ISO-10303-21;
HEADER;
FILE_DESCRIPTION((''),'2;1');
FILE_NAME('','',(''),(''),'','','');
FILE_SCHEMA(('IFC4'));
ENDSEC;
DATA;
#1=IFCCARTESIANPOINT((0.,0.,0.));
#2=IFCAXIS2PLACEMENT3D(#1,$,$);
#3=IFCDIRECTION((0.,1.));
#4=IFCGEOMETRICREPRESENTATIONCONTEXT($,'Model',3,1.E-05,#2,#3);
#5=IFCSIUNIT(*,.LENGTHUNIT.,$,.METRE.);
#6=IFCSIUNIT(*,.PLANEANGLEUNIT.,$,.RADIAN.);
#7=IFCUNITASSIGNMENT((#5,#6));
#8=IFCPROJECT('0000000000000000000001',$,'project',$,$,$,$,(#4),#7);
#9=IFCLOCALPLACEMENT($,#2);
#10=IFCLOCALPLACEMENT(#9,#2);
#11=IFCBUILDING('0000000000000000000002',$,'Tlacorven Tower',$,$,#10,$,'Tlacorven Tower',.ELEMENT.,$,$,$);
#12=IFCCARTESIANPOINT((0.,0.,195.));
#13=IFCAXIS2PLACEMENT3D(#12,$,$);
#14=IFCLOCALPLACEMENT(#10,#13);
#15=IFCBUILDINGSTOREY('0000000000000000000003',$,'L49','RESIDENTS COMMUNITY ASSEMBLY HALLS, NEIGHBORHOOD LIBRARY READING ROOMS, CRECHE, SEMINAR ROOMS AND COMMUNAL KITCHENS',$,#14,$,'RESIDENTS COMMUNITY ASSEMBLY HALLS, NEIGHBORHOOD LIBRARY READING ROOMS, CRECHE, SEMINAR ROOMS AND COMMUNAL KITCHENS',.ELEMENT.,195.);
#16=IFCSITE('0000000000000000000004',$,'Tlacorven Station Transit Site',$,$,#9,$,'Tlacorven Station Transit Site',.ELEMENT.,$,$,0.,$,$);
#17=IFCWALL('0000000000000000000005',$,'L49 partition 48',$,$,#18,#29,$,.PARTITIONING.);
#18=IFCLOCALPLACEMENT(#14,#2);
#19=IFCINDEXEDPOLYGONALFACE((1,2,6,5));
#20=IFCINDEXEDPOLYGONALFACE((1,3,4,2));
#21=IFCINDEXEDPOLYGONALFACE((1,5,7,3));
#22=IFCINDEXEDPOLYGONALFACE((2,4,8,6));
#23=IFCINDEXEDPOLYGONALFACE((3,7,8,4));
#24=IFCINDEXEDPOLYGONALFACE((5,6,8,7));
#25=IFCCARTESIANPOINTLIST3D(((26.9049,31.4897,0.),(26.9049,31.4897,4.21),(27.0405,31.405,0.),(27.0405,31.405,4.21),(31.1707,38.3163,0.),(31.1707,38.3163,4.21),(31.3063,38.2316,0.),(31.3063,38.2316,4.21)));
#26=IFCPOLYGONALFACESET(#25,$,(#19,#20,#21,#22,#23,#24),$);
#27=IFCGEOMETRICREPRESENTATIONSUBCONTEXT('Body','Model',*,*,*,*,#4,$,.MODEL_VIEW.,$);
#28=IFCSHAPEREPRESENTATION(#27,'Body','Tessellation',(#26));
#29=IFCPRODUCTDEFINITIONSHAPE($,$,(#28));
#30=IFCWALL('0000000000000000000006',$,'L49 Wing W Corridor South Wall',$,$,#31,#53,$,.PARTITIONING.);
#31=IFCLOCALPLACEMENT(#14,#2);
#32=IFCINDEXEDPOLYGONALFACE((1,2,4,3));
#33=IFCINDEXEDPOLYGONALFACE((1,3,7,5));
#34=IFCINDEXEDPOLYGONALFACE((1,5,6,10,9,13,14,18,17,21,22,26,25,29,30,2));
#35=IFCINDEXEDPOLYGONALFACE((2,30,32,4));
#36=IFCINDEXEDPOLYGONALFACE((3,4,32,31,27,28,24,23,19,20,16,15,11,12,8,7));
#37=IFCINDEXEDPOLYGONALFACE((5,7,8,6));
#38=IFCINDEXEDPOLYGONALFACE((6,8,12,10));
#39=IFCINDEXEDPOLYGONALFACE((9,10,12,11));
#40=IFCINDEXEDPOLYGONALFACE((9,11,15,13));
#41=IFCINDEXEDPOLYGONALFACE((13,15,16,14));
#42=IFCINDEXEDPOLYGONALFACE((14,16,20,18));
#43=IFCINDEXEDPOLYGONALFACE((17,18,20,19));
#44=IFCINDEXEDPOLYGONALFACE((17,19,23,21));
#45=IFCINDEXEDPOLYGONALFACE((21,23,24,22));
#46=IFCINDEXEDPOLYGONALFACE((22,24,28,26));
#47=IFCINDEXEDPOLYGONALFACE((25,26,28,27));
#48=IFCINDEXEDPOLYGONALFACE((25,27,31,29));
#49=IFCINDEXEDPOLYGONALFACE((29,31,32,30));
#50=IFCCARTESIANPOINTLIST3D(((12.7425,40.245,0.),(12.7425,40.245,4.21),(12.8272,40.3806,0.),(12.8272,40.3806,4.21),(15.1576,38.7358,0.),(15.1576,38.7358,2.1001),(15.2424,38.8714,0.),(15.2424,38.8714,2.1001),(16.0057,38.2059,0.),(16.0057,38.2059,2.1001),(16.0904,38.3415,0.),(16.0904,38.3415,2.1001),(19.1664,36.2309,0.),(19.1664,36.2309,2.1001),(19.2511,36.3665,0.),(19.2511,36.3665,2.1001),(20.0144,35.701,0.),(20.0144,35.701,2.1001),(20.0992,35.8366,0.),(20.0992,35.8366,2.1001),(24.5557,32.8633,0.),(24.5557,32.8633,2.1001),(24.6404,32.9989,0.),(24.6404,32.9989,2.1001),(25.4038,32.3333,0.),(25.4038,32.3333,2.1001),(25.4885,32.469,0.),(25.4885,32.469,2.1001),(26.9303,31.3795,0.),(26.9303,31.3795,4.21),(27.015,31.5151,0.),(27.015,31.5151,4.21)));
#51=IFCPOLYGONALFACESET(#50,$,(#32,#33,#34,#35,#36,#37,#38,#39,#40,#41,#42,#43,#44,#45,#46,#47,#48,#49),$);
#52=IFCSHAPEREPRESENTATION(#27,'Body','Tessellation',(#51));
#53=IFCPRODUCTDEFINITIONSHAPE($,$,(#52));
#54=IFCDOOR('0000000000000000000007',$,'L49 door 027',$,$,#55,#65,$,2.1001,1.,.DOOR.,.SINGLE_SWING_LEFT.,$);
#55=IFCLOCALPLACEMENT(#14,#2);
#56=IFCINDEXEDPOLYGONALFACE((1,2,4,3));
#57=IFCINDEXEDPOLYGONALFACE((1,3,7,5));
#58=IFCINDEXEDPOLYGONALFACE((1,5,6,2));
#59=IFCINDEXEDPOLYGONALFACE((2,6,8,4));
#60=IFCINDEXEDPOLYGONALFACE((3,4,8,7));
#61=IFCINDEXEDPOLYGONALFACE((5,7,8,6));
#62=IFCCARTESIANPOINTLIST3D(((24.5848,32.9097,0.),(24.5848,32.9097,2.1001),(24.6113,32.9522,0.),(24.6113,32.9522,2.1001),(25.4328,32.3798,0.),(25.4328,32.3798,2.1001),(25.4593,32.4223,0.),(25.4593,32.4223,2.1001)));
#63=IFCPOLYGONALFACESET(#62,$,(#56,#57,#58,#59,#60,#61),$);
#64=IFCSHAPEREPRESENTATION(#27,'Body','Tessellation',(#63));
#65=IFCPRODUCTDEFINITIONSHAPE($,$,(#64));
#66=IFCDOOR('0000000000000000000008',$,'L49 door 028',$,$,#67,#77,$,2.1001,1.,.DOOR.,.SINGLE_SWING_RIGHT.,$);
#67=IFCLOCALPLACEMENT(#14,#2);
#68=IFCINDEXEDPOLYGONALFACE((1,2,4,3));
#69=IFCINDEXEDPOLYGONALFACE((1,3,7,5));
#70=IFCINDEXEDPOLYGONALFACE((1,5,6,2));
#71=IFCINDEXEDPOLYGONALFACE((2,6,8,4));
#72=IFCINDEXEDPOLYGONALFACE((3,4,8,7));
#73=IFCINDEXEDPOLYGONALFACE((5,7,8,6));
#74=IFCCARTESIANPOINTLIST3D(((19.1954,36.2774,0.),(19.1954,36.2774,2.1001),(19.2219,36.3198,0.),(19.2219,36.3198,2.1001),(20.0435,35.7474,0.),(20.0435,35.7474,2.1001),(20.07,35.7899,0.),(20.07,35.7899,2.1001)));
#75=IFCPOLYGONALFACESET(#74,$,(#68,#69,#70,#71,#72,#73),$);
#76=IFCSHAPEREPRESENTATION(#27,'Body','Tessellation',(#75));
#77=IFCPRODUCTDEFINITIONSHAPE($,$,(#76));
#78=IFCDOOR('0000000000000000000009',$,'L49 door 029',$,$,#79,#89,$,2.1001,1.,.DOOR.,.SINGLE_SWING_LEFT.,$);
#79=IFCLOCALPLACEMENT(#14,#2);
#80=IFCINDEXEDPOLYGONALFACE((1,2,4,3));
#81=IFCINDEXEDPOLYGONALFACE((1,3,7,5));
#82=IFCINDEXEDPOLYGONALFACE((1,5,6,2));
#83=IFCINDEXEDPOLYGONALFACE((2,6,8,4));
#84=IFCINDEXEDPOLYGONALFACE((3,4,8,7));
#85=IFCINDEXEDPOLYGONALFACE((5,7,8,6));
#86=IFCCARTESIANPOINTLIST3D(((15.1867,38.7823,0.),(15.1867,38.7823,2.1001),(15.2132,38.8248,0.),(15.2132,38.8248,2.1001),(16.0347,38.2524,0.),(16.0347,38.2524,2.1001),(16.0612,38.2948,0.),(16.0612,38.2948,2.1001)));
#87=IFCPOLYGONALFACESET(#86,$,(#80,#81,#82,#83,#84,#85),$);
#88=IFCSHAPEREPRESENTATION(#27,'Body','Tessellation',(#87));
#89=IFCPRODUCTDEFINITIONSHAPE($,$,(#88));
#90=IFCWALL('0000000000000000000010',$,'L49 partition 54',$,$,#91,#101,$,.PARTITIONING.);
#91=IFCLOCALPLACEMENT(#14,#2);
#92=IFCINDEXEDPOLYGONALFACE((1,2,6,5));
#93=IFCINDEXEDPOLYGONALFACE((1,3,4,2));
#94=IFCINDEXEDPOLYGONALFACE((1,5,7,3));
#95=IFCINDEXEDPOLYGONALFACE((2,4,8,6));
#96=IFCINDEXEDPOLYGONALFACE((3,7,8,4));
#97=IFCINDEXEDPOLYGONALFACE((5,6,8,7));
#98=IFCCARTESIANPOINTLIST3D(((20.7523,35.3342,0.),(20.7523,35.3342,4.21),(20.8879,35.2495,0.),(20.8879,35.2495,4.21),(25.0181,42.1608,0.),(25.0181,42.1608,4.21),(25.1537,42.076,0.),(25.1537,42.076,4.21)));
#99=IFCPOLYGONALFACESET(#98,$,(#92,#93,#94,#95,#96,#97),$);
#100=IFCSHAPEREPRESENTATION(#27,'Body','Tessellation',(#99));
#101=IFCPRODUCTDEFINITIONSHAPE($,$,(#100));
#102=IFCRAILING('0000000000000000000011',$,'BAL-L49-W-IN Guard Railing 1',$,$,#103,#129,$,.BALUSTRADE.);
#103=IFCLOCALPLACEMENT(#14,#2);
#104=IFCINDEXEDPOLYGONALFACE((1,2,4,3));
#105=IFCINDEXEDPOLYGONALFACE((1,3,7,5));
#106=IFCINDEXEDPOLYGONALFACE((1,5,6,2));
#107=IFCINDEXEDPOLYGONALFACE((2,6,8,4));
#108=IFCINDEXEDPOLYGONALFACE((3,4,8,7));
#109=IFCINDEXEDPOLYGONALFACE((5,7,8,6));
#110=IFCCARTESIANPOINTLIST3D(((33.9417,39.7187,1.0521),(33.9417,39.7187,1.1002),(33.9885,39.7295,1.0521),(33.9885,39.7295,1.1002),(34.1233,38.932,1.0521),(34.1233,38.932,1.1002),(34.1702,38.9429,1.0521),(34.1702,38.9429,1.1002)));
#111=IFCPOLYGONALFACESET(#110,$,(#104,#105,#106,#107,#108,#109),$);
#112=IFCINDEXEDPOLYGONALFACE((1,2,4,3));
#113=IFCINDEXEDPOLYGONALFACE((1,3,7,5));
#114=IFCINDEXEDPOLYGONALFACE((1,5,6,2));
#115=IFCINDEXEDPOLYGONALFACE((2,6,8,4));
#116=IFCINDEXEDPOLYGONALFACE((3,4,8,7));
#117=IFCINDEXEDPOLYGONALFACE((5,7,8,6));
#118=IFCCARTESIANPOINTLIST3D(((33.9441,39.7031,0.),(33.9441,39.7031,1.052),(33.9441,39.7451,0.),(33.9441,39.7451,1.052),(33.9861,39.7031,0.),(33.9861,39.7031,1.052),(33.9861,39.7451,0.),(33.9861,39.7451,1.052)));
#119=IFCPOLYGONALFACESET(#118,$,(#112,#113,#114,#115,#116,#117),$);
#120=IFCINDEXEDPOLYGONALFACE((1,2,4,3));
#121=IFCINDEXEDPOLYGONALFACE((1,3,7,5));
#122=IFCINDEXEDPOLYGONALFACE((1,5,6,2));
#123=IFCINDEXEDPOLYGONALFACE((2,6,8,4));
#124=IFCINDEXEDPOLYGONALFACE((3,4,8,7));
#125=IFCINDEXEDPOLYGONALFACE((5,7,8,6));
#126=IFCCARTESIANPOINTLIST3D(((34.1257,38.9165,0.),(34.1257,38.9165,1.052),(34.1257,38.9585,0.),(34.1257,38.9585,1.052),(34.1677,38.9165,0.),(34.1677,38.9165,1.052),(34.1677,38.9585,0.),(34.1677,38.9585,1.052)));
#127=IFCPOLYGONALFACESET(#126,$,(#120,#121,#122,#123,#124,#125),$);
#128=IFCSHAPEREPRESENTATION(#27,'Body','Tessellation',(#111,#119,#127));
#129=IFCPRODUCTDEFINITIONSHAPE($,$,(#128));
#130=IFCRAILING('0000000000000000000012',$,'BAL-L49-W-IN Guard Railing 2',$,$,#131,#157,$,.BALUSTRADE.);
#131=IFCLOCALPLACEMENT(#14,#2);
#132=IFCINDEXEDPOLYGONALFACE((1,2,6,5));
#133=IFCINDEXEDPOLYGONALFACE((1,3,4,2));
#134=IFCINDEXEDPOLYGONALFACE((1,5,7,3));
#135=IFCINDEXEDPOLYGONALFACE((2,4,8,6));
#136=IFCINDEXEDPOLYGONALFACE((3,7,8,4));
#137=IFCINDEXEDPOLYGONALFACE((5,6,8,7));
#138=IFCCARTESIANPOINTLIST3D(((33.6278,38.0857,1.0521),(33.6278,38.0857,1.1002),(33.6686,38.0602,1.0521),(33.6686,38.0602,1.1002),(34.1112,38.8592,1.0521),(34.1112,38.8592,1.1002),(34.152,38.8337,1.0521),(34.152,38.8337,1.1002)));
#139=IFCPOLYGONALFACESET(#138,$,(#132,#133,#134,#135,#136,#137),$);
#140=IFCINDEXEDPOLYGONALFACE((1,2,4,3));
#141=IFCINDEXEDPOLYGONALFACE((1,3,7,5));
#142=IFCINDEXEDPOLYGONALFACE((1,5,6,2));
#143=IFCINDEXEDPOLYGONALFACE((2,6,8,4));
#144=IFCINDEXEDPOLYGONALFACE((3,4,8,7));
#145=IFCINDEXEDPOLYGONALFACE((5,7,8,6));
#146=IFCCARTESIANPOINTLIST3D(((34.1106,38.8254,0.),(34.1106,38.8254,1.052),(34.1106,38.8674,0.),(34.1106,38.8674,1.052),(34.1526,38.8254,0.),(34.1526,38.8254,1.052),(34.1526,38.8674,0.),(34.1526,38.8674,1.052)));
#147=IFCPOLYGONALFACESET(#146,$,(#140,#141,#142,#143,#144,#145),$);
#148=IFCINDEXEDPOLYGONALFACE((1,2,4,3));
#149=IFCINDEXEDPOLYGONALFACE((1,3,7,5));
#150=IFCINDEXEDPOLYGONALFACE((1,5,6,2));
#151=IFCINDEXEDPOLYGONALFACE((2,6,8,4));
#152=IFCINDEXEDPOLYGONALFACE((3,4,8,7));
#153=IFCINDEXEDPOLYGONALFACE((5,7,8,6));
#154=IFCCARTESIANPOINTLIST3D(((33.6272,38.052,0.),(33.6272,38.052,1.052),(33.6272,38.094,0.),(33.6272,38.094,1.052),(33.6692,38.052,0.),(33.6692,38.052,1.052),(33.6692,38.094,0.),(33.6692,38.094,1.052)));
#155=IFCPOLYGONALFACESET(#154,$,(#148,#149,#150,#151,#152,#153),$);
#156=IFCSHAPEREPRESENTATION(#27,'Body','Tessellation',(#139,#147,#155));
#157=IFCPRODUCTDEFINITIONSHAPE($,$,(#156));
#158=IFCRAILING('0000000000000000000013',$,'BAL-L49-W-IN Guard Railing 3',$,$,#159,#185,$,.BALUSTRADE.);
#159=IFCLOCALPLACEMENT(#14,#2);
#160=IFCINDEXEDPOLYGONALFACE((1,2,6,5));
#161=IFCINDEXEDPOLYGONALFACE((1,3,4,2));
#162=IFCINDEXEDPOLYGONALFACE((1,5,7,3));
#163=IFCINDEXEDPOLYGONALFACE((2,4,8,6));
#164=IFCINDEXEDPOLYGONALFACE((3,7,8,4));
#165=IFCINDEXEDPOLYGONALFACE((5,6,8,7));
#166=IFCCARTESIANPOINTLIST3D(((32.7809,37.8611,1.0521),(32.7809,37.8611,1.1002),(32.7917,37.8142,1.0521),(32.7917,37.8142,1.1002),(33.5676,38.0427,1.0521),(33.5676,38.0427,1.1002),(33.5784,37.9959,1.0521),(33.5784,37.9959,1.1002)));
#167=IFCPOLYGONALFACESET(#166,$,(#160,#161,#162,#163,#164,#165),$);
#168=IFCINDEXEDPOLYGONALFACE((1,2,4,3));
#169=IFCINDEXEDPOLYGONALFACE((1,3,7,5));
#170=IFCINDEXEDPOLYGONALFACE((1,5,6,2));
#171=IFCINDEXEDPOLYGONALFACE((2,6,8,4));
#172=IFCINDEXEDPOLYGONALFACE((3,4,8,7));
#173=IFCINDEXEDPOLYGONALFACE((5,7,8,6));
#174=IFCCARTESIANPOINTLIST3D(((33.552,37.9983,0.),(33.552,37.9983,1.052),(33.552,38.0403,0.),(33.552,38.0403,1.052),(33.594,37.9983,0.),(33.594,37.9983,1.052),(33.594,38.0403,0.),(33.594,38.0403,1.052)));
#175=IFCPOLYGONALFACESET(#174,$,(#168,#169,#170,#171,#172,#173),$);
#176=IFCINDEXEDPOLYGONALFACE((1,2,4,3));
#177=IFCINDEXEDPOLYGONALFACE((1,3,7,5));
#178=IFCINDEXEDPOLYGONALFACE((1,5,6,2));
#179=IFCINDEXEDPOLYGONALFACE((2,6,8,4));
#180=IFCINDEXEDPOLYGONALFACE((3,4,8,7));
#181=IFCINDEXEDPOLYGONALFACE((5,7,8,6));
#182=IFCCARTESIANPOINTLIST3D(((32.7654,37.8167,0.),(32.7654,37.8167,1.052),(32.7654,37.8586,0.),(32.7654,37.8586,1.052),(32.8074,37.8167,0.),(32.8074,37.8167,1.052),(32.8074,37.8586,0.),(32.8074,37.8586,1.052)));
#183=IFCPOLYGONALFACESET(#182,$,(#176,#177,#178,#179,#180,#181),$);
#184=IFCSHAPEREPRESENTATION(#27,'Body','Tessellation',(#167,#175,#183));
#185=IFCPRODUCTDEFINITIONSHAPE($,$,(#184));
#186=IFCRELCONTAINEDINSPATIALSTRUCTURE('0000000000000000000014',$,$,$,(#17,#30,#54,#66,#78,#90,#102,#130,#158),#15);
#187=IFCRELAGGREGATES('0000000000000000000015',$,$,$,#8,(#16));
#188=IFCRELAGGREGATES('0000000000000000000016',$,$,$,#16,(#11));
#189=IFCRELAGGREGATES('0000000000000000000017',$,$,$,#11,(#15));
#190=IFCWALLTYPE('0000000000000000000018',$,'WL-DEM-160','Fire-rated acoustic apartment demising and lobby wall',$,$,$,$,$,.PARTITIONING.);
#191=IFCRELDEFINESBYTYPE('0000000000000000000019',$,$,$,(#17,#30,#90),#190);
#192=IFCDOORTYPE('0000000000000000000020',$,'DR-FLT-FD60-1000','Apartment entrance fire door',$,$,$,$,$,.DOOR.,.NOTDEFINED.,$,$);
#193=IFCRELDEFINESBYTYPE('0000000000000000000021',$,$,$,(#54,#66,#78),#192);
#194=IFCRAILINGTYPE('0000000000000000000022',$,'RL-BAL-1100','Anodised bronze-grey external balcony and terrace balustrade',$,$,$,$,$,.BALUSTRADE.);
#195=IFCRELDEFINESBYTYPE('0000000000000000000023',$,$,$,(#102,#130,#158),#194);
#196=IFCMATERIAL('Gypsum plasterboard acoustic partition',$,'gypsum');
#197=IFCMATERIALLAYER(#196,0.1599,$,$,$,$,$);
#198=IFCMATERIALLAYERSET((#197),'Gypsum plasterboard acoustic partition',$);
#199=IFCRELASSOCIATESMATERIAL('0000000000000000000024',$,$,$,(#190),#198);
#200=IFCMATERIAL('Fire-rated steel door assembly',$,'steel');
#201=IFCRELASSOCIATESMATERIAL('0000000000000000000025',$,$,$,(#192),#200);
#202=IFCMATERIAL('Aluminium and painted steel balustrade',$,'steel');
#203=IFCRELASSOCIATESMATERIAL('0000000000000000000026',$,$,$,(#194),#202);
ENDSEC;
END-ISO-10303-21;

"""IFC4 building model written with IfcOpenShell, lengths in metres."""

from ifc_helpers import new_model, si_unit, direction, frame, frame_2d, origin, origin_2d, place, context, subcontext, project, spatial, rectangle, extrude, source, transform, mapped, material, layer, layer_set, type_object, element, fill, save


model = new_model("IFC4")

# Units and contexts
model_context = context("Model", 3, precision=1e-05, world=origin(), true_north=direction((0.0, 1.0)))
body_context = subcontext(model_context, "Body", "Model", "MODEL_VIEW")
ifc_project = project(units=[si_unit("LENGTHUNIT", "METRE"), si_unit("PLANEANGLEUNIT", "RADIAN")], contexts=[model_context])

# Site, building, storey
site_placement = place(None, origin())
site = spatial("IfcSite", under=ifc_project, at=site_placement, Name="Tlacorven Station Transit Site", LongName="Tlacorven Station Transit Site", CompositionType="ELEMENT", RefElevation=0.0)
building_placement = place(site_placement, origin())
building = spatial("IfcBuilding", under=site, at=building_placement, Name="Tlacorven Tower", LongName="Tlacorven Tower", CompositionType="ELEMENT")
storey_placement = place(building_placement, frame((0.0, 0.0, 195.0)))
storey = spatial("IfcBuildingStorey", under=building, at=storey_placement, Name="L49", Description="RESIDENTS COMMUNITY ASSEMBLY HALLS, NEIGHBORHOOD LIBRARY READING ROOMS, CRECHE, SEMINAR ROOMS AND COMMUNAL KITCHENS", LongName="RESIDENTS COMMUNITY ASSEMBLY HALLS, NEIGHBORHOOD LIBRARY READING ROOMS, CRECHE, SEMINAR ROOMS AND COMMUNAL KITCHENS", CompositionType="ELEMENT", Elevation=195.0)

# Wall
ifc_material_1 = material(Name="Gypsum plasterboard acoustic partition", Category="gypsum")
ifc_layer = layer(ifc_material_1, 0.1599)
ifc_layer_set = layer_set([ifc_layer], Name="Gypsum plasterboard acoustic partition")
wall_type = type_object("IfcWallType", Name="WL-DEM-160", Description="Fire-rated acoustic apartment demising and lobby wall", PredefinedType="PARTITIONING", material=ifc_layer_set)
wall_1_placement = place(storey_placement, frame((31.2385, 38.2739, 0.0), z_axis=(0.0, 0.0, 1.0), x_axis=(-0.529928, -0.848043, 0.0)))
element("IfcWall", 1, at=wall_1_placement, inside=storey, type_object=wall_type, Name="L49 partition 48", PredefinedType="PARTITIONING", context=body_context, shape_type="SweptSolid", body=[
    extrude(rectangle(XDim=8.0498, YDim=0.1599, at=frame_2d((4.0249, 0.0))), origin(), (0.0, 0.0, 1.0), 4.21),
])

# Wall, openings, doors
wall_2_placement = place(storey_placement, frame((26.9727, 31.4473, 0.0), z_axis=(0.0, 0.0, 1.0), x_axis=(-0.848048, 0.529919, 0.0)))
wall_2 = element("IfcWall", 2, at=wall_2_placement, inside=storey, type_object=wall_type, Name="L49 Wing W Corridor South Wall", PredefinedType="PARTITIONING", context=body_context, shape_type="SweptSolid", body=[
    extrude(rectangle(XDim=16.73, YDim=0.1599, at=frame_2d((8.365, 0.0))), origin(), (0.0, 0.0, 1.0), 4.21),
])
opening_1_placement = place(wall_2_placement, frame((1.8, 0.0, 0.0)))
opening_1 = element("IfcOpeningElement", 3, at=opening_1_placement, cuts=wall_2, PredefinedType="OPENING", context=body_context, shape_type="SweptSolid", body=[
    extrude(rectangle(XDim=1.0, YDim=2.1001, at=frame_2d((0.5, 1.05))), frame((0.0, 0.0898, 0.0), z_axis=(0.0, -1.0, 0.0), x_axis=(1.0, 0.0, 0.0)), (0.0, 0.0, 1.0), 0.1799),
])
opening_2_placement = place(wall_2_placement, frame((8.155, 0.0, 0.0)))
opening_2 = element("IfcOpeningElement", 4, at=opening_2_placement, cuts=wall_2, PredefinedType="OPENING", context=body_context, shape_type="SweptSolid", body=[
    extrude(rectangle(XDim=1.0, YDim=2.1001, at=frame_2d((0.5, 1.05))), frame((0.0, 0.0898, 0.0), z_axis=(0.0, -1.0, 0.0), x_axis=(1.0, 0.0, 0.0)), (0.0, 0.0, 1.0), 0.1799),
])
opening_3_placement = place(wall_2_placement, frame((12.8821, 0.0, 0.0)))
opening_3 = element("IfcOpeningElement", 5, at=opening_3_placement, cuts=wall_2, PredefinedType="OPENING", context=body_context, shape_type="SweptSolid", body=[
    extrude(rectangle(XDim=1.0, YDim=2.1001, at=frame_2d((0.5, 1.05))), frame((0.0, 0.0898, 0.0), z_axis=(0.0, -1.0, 0.0), x_axis=(1.0, 0.0, 0.0)), (0.0, 0.0, 1.0), 0.1799),
])
ifc_material_2 = material(Name="Fire-rated steel door assembly", Category="steel")
door_type = type_object("IfcDoorType", Name="DR-FLT-FD60-1000", Description="Apartment entrance fire door", OperationType="NOTDEFINED", PredefinedType="DOOR", material=ifc_material_2)
shared_shape_1 = source(origin(), body_context, "Body", "SweptSolid", [
    extrude(rectangle(XDim=1.0, YDim=2.1001, at=frame_2d((0.5, 1.05))), frame((0.0, 0.0249, 0.0), z_axis=(0.0, -1.0, 0.0), x_axis=(1.0, 0.0, 0.0)), (0.0, 0.0, 1.0), 0.05),
])
door_1_placement = place(opening_1_placement, frame((1.0, 0.0, 0.0), z_axis=(0.0, 0.0, 1.0), x_axis=(-1.0, 0.0, 0.0)))
door_1 = element("IfcDoor", 6, at=door_1_placement, inside=storey, type_object=door_type, Name="L49 door 027", OperationType="SINGLE_SWING_LEFT", OverallHeight=2.1001, OverallWidth=1.0, PredefinedType="DOOR", context=body_context, shape_type="MappedRepresentation", body=[
    mapped(shared_shape_1, transform((0.0, 0.0, 0.0), scale=1.0)),
])
fill(opening_1, door_1)
door_2_placement = place(opening_2_placement, frame((1.0, 0.0, 0.0), z_axis=(0.0, 0.0, 1.0), x_axis=(-1.0, 0.0, 0.0)))
door_2 = element("IfcDoor", 7, at=door_2_placement, inside=storey, type_object=door_type, Name="L49 door 028", OperationType="SINGLE_SWING_RIGHT", OverallHeight=2.1001, OverallWidth=1.0, PredefinedType="DOOR", context=body_context, shape_type="MappedRepresentation", body=[
    mapped(shared_shape_1, transform((0.0, 0.0, 0.0), scale=1.0)),
])
fill(opening_2, door_2)
door_3_placement = place(opening_3_placement, frame((1.0, 0.0, 0.0), z_axis=(0.0, 0.0, 1.0), x_axis=(-1.0, 0.0, 0.0)))
door_3 = element("IfcDoor", 8, at=door_3_placement, inside=storey, type_object=door_type, Name="L49 door 029", OperationType="SINGLE_SWING_LEFT", OverallHeight=2.1001, OverallWidth=1.0, PredefinedType="DOOR", context=body_context, shape_type="MappedRepresentation", body=[
    mapped(shared_shape_1, transform((0.0, 0.0, 0.0), scale=1.0)),
])
fill(opening_3, door_3)

# Wall
wall_3_placement = place(storey_placement, frame((25.0859, 42.1184, 0.0), z_axis=(0.0, 0.0, 1.0), x_axis=(-0.529928, -0.848043, 0.0)))
element("IfcWall", 9, at=wall_3_placement, inside=storey, type_object=wall_type, Name="L49 partition 54", PredefinedType="PARTITIONING", context=body_context, shape_type="SweptSolid", body=[
    extrude(rectangle(XDim=8.0498, YDim=0.1599, at=frame_2d((4.0249, 0.0))), origin(), (0.0, 0.0, 1.0), 4.21),
])

# Railings
ifc_material_3 = material(Name="Aluminium and painted steel balustrade", Category="steel")
railing_type = type_object("IfcRailingType", Name="RL-BAL-1100", Description="Anodised bronze-grey external balcony and terrace balustrade", PredefinedType="BALUSTRADE", material=ifc_material_3)
shared_shape_2 = source(origin(), body_context, "Body", "SweptSolid", [
    extrude(rectangle(XDim=0.0481, YDim=0.0481, at=origin_2d()), frame((0.0, 0.0, 1.0762), z_axis=(0.224992, -0.974361, 0.0), x_axis=(0.974361, 0.224992, 0.0)), (0.0, 0.0, 1.0), 0.8074),
    extrude(rectangle(XDim=0.042, YDim=0.042, at=origin_2d()), origin(), (0.0, 0.0, 1.0), 1.052),
    extrude(rectangle(XDim=0.042, YDim=0.042, at=origin_2d()), frame((0.1816, -0.7866, 0.0)), (0.0, 0.0, 1.0), 1.052),
])
railing_1_placement = place(storey_placement, frame((33.9651, 39.7241, 0.0)))
element("IfcRailing", 10, at=railing_1_placement, inside=storey, type_object=railing_type, Name="BAL-L49-W-IN Guard Railing 1", PredefinedType="BALUSTRADE", context=body_context, shape_type="MappedRepresentation", body=[
    mapped(shared_shape_2, transform((0.0, 0.0, 0.0), scale=1.0)),
])
shared_shape_3 = source(origin(), body_context, "Body", "SweptSolid", [
    extrude(rectangle(XDim=0.0481, YDim=0.0481, at=origin_2d()), frame((0.0, 0.0, 1.0762), z_axis=(-0.529999, -0.847998, 0.0), x_axis=(0.847998, -0.529999, 0.0)), (0.0, 0.0, 1.0), 0.9121),
    extrude(rectangle(XDim=0.042, YDim=0.042, at=origin_2d()), origin(), (0.0, 0.0, 1.0), 1.052),
    extrude(rectangle(XDim=0.042, YDim=0.042, at=origin_2d()), frame((-0.4834, -0.7734, 0.0)), (0.0, 0.0, 1.0), 1.052),
])
railing_2_placement = place(storey_placement, frame((34.1316, 38.8464, 0.0)))
element("IfcRailing", 11, at=railing_2_placement, inside=storey, type_object=railing_type, Name="BAL-L49-W-IN Guard Railing 2", PredefinedType="BALUSTRADE", context=body_context, shape_type="MappedRepresentation", body=[
    mapped(shared_shape_3, transform((0.0, 0.0, 0.0), scale=1.0)),
])
shared_shape_4 = source(origin(), body_context, "Body", "SweptSolid", [
    extrude(rectangle(XDim=0.0481, YDim=0.0481, at=origin_2d()), frame((0.0, 0.0, 1.0762), z_axis=(-0.974361, -0.224992, 0.0), x_axis=(0.224992, -0.974361, 0.0)), (0.0, 0.0, 1.0), 0.8074),
    extrude(rectangle(XDim=0.042, YDim=0.042, at=origin_2d()), origin(), (0.0, 0.0, 1.0), 1.052),
    extrude(rectangle(XDim=0.042, YDim=0.042, at=origin_2d()), frame((-0.7866, -0.1816, 0.0)), (0.0, 0.0, 1.0), 1.052),
])
railing_3_placement = place(storey_placement, frame((33.573, 38.0193, 0.0)))
element("IfcRailing", 12, at=railing_3_placement, inside=storey, type_object=railing_type, Name="BAL-L49-W-IN Guard Railing 3", PredefinedType="BALUSTRADE", context=body_context, shape_type="MappedRepresentation", body=[
    mapped(shared_shape_4, transform((0.0, 0.0, 0.0), scale=1.0)),
])

save(model, "model.ifc")
